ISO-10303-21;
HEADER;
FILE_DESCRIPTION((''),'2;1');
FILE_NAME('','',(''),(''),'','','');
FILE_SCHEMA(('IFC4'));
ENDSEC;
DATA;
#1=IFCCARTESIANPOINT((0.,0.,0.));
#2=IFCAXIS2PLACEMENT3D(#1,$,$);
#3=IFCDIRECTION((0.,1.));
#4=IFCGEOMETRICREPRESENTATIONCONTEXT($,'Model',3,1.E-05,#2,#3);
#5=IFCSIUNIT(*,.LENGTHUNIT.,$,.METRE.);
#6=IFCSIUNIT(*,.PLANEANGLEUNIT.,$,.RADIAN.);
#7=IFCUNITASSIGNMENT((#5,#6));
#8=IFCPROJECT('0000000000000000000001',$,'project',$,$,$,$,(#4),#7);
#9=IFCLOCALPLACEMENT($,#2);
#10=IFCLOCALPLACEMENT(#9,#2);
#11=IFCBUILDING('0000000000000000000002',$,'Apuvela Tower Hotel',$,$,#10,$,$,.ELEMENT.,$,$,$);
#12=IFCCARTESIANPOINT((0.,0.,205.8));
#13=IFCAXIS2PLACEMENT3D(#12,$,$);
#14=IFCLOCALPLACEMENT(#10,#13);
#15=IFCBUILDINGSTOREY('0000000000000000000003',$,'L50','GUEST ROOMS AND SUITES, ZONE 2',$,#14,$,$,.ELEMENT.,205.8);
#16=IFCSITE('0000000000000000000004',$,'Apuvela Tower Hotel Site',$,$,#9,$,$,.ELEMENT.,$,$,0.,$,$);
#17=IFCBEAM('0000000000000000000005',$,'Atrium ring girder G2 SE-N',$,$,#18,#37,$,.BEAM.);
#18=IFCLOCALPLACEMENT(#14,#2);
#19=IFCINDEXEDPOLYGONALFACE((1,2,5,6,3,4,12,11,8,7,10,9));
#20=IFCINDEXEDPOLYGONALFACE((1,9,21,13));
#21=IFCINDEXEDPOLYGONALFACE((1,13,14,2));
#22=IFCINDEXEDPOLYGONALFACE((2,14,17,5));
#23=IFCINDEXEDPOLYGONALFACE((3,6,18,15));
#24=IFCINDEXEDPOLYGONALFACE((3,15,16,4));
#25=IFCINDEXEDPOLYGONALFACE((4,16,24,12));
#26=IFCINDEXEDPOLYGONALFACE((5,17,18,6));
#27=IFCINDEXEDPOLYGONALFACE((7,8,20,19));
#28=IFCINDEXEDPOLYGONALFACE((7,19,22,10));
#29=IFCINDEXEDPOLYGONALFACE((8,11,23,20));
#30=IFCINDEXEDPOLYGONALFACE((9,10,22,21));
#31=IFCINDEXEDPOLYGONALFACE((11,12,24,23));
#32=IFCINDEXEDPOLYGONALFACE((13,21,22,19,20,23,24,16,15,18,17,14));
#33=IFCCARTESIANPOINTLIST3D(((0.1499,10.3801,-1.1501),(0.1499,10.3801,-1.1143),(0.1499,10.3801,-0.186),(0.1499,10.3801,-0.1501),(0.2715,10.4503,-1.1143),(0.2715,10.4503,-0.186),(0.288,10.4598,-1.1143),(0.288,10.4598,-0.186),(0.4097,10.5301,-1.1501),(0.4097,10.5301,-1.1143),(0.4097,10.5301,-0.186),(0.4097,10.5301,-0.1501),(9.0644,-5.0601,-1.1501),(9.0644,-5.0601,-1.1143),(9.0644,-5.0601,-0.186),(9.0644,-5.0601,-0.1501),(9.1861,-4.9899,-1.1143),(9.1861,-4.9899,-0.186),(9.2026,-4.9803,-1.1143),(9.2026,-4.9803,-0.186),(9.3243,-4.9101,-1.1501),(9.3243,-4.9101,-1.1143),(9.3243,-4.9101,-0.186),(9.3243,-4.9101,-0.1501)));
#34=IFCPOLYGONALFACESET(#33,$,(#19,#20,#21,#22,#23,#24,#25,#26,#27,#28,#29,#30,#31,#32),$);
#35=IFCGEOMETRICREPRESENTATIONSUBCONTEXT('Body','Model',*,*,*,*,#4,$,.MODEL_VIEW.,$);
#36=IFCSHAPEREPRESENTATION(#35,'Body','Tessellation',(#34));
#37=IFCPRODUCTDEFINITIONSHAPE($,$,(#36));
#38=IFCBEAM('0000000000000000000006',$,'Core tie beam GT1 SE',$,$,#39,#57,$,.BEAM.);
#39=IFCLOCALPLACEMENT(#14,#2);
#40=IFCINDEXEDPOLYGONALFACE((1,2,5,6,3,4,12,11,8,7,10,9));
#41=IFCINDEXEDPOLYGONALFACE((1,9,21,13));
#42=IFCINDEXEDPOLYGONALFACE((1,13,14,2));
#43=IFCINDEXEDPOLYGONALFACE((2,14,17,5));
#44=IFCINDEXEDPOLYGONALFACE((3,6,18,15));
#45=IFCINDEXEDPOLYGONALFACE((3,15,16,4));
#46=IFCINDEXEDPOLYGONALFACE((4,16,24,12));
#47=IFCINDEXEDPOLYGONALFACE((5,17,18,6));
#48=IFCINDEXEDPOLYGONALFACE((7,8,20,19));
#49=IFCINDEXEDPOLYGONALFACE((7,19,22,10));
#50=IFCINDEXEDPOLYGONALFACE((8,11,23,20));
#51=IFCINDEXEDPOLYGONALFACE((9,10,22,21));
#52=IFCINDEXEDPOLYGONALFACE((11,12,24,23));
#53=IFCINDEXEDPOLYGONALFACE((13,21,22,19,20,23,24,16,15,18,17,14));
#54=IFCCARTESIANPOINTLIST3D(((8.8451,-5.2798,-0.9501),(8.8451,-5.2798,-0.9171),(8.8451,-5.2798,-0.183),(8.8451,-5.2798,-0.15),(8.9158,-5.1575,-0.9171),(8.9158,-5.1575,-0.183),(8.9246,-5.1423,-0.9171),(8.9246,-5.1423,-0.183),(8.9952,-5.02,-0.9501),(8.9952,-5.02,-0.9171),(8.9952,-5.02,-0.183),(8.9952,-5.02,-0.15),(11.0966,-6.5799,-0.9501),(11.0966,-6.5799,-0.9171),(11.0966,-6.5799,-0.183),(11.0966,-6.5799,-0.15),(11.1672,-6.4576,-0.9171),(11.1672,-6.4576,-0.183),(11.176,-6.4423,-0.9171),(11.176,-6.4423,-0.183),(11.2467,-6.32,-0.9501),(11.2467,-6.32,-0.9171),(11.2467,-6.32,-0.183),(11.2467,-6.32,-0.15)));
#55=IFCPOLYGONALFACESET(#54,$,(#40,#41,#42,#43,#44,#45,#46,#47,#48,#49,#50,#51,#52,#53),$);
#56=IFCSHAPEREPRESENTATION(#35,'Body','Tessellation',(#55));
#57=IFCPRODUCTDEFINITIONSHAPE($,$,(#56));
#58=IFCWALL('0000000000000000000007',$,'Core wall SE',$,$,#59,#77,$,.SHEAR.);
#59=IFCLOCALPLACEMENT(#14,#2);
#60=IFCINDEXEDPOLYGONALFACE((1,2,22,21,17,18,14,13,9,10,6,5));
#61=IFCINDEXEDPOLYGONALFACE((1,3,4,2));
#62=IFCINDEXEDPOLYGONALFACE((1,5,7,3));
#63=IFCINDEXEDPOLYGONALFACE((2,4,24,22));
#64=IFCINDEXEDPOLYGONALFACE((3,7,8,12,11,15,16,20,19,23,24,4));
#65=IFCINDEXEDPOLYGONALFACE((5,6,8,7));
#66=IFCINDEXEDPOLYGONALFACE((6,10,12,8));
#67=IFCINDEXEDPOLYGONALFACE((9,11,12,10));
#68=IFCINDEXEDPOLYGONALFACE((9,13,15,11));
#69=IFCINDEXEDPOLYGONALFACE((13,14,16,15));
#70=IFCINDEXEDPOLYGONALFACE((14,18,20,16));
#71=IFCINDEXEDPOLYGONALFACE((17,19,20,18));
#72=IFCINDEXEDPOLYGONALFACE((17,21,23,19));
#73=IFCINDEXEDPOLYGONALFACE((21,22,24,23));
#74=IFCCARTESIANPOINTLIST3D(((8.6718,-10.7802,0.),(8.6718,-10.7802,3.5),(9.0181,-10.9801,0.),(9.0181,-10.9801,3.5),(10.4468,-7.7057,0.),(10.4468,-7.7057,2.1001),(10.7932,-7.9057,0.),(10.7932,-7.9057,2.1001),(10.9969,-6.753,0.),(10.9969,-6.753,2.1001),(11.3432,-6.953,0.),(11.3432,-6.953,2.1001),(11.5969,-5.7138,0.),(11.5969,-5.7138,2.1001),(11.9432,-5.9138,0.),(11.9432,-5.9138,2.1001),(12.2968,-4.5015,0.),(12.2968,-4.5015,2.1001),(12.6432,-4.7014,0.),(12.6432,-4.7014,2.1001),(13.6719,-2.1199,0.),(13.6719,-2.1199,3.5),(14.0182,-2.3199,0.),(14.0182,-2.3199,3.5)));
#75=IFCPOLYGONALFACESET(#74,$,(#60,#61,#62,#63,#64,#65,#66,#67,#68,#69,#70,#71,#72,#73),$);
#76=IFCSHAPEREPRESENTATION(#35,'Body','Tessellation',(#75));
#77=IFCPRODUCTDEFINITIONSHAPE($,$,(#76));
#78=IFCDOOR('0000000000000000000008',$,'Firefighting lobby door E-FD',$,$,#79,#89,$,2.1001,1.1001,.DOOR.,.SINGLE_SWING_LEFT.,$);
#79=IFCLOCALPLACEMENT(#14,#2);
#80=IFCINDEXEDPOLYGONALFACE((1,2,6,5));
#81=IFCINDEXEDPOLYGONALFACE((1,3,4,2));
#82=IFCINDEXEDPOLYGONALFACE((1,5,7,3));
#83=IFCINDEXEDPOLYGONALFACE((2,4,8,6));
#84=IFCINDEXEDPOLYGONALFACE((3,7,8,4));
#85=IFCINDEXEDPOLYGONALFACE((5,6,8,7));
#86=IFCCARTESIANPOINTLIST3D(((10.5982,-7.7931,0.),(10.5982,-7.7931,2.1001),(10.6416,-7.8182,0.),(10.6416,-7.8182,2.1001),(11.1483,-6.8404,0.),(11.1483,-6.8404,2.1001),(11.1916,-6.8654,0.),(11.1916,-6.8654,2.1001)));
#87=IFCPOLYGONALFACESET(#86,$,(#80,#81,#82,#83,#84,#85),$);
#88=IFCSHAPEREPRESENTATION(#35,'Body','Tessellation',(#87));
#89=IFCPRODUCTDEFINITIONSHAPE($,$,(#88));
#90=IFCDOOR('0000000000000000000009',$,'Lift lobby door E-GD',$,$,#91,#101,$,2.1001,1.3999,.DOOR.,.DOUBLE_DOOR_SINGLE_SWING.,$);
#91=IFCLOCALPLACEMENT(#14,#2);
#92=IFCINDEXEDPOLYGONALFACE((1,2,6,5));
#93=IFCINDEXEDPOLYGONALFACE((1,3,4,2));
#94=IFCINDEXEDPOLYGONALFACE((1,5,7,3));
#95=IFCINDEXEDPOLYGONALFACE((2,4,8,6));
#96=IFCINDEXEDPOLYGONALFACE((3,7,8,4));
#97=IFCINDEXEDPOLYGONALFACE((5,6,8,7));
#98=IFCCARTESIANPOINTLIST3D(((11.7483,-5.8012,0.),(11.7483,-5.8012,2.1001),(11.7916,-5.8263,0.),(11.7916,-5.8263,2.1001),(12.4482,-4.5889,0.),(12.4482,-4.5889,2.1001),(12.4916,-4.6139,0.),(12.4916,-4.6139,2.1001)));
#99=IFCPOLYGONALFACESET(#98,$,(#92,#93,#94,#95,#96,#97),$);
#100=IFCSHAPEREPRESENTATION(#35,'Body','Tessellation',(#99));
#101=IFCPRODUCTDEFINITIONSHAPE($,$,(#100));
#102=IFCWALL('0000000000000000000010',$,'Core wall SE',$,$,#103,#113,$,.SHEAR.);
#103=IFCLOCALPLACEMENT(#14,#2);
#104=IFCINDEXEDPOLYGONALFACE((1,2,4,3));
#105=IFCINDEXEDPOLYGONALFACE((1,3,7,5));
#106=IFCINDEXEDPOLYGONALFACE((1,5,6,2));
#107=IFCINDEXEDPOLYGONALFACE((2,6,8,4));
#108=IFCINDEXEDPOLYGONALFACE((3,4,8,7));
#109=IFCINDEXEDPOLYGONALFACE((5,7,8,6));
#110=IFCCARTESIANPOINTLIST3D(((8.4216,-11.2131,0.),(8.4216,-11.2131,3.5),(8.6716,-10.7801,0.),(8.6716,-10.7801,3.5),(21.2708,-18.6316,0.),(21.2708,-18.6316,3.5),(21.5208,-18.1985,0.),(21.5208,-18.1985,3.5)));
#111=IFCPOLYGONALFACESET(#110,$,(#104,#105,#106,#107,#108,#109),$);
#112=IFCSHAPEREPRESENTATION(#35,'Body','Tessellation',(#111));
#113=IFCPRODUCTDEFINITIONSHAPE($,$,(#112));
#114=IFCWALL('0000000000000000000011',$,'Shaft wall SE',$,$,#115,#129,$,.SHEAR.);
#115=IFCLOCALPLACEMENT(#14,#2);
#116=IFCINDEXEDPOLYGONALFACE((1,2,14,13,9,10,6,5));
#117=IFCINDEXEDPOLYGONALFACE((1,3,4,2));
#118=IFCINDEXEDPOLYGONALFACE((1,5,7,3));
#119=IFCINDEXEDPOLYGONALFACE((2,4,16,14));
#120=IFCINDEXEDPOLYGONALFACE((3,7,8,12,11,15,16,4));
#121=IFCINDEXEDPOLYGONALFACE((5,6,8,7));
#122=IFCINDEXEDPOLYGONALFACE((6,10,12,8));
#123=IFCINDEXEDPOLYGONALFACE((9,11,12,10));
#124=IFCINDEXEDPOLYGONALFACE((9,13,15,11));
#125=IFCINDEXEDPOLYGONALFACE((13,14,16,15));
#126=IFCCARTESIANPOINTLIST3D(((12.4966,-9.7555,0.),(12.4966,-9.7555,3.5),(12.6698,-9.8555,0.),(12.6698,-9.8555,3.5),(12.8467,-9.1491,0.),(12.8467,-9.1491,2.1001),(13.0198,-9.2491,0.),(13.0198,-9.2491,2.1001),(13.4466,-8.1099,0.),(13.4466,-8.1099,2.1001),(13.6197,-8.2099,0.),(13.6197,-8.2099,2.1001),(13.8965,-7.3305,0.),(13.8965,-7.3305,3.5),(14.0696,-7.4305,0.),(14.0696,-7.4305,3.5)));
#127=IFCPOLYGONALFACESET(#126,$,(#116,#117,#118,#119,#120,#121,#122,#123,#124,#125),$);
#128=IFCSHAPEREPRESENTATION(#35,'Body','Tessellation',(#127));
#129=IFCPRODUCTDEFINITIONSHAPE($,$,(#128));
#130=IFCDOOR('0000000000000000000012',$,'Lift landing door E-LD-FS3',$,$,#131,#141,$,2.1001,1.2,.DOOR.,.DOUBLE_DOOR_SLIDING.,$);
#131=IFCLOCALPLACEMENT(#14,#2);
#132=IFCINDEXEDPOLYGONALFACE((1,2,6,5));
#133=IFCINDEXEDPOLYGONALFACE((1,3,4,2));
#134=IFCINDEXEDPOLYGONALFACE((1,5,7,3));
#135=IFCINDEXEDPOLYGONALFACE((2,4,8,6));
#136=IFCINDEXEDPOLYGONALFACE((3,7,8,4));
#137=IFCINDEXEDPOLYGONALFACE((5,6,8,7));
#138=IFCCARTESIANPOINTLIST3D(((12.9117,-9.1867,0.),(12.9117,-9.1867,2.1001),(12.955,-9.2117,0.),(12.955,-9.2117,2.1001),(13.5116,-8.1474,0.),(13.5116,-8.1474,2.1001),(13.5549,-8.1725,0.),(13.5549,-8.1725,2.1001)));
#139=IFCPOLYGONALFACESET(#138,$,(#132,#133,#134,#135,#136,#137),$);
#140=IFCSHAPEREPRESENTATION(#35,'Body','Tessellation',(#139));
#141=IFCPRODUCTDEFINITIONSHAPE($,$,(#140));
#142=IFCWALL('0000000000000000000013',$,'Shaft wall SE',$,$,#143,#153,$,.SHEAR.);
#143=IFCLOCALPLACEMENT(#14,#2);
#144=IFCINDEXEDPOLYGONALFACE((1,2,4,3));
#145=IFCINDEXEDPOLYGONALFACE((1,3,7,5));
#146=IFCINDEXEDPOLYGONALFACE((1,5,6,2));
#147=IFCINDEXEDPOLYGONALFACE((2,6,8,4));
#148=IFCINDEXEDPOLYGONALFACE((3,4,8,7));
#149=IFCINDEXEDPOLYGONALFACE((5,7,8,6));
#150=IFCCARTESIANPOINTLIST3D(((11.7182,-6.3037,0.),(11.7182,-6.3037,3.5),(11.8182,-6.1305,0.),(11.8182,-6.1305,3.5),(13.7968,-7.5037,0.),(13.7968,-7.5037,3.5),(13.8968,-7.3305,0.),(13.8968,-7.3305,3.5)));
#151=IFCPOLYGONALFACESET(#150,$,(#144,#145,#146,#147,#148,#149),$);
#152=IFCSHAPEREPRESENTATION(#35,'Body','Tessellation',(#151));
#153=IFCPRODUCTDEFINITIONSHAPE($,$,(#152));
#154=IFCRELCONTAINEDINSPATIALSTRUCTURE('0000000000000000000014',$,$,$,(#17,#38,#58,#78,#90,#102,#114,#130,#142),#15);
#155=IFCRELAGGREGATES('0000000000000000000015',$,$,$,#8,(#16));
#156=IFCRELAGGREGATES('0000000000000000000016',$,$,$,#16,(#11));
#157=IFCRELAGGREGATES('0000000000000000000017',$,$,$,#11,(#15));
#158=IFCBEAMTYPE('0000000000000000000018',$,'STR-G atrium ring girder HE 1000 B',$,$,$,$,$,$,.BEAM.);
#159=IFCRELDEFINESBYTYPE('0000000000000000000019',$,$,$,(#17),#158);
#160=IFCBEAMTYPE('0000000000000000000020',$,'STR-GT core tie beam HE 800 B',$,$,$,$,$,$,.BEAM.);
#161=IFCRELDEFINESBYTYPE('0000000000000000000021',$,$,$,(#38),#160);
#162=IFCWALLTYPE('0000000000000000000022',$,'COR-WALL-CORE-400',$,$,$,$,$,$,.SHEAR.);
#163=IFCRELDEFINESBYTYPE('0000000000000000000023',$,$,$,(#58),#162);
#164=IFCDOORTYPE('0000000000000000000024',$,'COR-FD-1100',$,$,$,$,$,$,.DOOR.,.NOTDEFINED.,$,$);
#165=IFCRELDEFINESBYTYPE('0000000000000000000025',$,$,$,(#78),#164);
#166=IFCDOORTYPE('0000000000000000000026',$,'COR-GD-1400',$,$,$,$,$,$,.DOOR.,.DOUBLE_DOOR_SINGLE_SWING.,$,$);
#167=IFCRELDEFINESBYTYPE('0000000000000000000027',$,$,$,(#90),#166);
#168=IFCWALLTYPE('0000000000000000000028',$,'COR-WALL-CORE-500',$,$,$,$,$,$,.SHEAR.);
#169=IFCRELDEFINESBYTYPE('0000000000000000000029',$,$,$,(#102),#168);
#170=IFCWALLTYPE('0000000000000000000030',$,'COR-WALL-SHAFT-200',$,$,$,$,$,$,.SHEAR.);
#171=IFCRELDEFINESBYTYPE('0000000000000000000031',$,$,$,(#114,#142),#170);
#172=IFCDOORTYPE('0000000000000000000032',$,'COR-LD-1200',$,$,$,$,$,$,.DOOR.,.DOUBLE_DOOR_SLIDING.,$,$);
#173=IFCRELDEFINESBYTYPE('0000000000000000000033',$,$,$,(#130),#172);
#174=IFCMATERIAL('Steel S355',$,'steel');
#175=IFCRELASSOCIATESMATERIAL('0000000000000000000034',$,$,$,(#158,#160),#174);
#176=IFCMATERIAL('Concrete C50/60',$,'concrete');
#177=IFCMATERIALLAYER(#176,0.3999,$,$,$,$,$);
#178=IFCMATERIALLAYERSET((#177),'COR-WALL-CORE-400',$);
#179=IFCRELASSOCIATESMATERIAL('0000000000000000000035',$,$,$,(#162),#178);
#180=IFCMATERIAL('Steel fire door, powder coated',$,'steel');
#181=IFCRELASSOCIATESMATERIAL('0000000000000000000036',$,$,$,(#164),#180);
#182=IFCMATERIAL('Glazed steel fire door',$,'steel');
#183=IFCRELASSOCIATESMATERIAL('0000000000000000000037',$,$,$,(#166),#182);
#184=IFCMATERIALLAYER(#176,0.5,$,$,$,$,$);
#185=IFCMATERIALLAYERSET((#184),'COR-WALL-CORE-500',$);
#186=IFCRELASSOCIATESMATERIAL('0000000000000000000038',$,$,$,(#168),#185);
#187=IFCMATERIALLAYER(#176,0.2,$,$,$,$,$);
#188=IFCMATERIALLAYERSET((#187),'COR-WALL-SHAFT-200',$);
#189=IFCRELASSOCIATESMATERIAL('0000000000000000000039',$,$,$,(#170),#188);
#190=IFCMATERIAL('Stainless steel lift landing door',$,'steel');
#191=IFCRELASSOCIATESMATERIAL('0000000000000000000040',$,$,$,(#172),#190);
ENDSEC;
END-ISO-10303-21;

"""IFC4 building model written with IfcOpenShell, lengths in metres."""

from ifc_helpers import new_model, si_unit, direction, frame, frame_2d, origin, origin_2d, place, context, subcontext, project, spatial, rectangle, i_section, extrude, material, layer, layer_set, material_profile, profile_set, type_object, element, fill, save


model = new_model("IFC4")

# Units and contexts
model_context = context("Model", 3, precision=1e-05, world=origin(), true_north=direction((0.0, 1.0)))
body_context = subcontext(model_context, "Body", "Model", "MODEL_VIEW")
ifc_project = project(units=[si_unit("LENGTHUNIT", "METRE"), si_unit("PLANEANGLEUNIT", "RADIAN")], contexts=[model_context])

# Site, building, storey
site_placement = place(None, origin())
site = spatial("IfcSite", under=ifc_project, at=site_placement, Name="Apuvela Tower Hotel Site", CompositionType="ELEMENT", RefElevation=0.0)
building_placement = place(site_placement, origin())
building = spatial("IfcBuilding", under=site, at=building_placement, Name="Apuvela Tower Hotel", CompositionType="ELEMENT")
storey_placement = place(building_placement, frame((0.0, 0.0, 205.8)))
storey = spatial("IfcBuildingStorey", under=building, at=storey_placement, Name="L50", Description="GUEST ROOMS AND SUITES, ZONE 2", CompositionType="ELEMENT", Elevation=205.8)

# Beams
ifc_material_1 = material(Name="Steel S355", Category="steel")
ifc_material_profile_1 = material_profile(ifc_material_1, i_section(OverallWidth=0.3, OverallDepth=1.0, WebThickness=0.019, FlangeThickness=0.0359, at=origin_2d()), Name="HE 1000 B")
ifc_profile_set_1 = profile_set([ifc_material_profile_1], Name="Steel S355")
beam_type_1 = type_object("IfcBeamType", Name="STR-G atrium ring girder HE 1000 B", PredefinedType="BEAM", material=ifc_profile_set_1)
beam_1_placement = place(storey_placement, frame((9.1943, -4.9851, -0.6501), z_axis=(-0.500007, 0.866022, 0.0), x_axis=(-0.866022, -0.500007, 0.0)))
element("IfcBeam", 1, at=beam_1_placement, inside=storey, type_object=beam_type_1, Name="Atrium ring girder G2 SE-N", PredefinedType="BEAM", context=body_context, shape_type="SweptSolid", body=[
    extrude(i_section(OverallWidth=0.3, OverallDepth=1.0, WebThickness=0.019, FlangeThickness=0.0359, at=origin_2d()), origin(), (0.0, 0.0, 1.0), 17.8289),
])
ifc_material_profile_2 = material_profile(ifc_material_1, i_section(OverallWidth=0.3, OverallDepth=0.8, WebThickness=0.0176, FlangeThickness=0.033, at=origin_2d()), Name="HE 800 B")
ifc_profile_set_2 = profile_set([ifc_material_profile_2], Name="Steel S355")
beam_type_2 = type_object("IfcBeamType", Name="STR-GT core tie beam HE 800 B", PredefinedType="BEAM", material=ifc_profile_set_2)
beam_2_placement = place(storey_placement, frame((11.1716, -6.45, -0.55), z_axis=(-0.865998, 0.500048, 0.0), x_axis=(-0.500048, -0.865998, 0.0)))
element("IfcBeam", 2, at=beam_2_placement, inside=storey, type_object=beam_type_2, Name="Core tie beam GT1 SE", PredefinedType="BEAM", context=body_context, shape_type="SweptSolid", body=[
    extrude(i_section(OverallWidth=0.3, OverallDepth=0.8, WebThickness=0.0176, FlangeThickness=0.033, at=origin_2d()), origin(), (0.0, 0.0, 1.0), 2.5999),
])

# Wall, openings, doors
ifc_material_2 = material(Name="Concrete C50/60", Category="concrete")
ifc_layer_1 = layer(ifc_material_2, 0.3999)
ifc_layer_set_1 = layer_set([ifc_layer_1], Name="COR-WALL-CORE-400")
wall_type_1 = type_object("IfcWallType", Name="COR-WALL-CORE-400", PredefinedType="SHEAR", material=ifc_layer_set_1)
wall_1_placement = place(storey_placement, frame((8.845, -10.8801, 0.0), z_axis=(0.0, 0.0, 1.0), x_axis=(0.500004, 0.866023, 0.0)))
wall_1 = element("IfcWall", 3, at=wall_1_placement, inside=storey, type_object=wall_type_1, Name="Core wall SE", PredefinedType="SHEAR", context=body_context, shape_type="SweptSolid", body=[
    extrude(rectangle(XDim=10.0, YDim=0.3999, at=frame_2d((5.0, 0.0))), origin(), (0.0, 0.0, 1.0), 3.5),
])
opening_1_placement = place(wall_1_placement, frame((3.55, 0.0, 0.0)))
opening_1 = element("IfcOpeningElement", 4, at=opening_1_placement, cuts=wall_1, PredefinedType="OPENING", context=body_context, shape_type="SweptSolid", body=[
    extrude(rectangle(XDim=1.1001, YDim=2.1001, at=frame_2d((0.55, 1.05))), frame((0.0, 0.21, 0.0), z_axis=(0.0, -1.0, 0.0), x_axis=(1.0, 0.0, 0.0)), (0.0, 0.0, 1.0), 0.4199),
])
opening_2_placement = place(wall_1_placement, frame((5.8501, 0.0, 0.0)))
opening_2 = element("IfcOpeningElement", 5, at=opening_2_placement, cuts=wall_1, PredefinedType="OPENING", context=body_context, shape_type="SweptSolid", body=[
    extrude(rectangle(XDim=1.3999, YDim=2.1001, at=frame_2d((0.7, 1.05))), frame((0.0, 0.21, 0.0), z_axis=(0.0, -1.0, 0.0), x_axis=(1.0, 0.0, 0.0)), (0.0, 0.0, 1.0), 0.4199),
])
ifc_material_3 = material(Name="Steel fire door, powder coated", Category="steel")
door_type_1 = type_object("IfcDoorType", Name="COR-FD-1100", OperationType="NOTDEFINED", PredefinedType="DOOR", material=ifc_material_3)
door_1_placement = place(opening_1_placement, frame((1.1001, 0.0, 0.0), z_axis=(0.0, 0.0, 1.0), x_axis=(-1.0, 0.0, 0.0)))
door_1 = element("IfcDoor", 6, at=door_1_placement, inside=storey, type_object=door_type_1, Name="Firefighting lobby door E-FD", OperationType="SINGLE_SWING_LEFT", OverallHeight=2.1001, OverallWidth=1.1001, PredefinedType="DOOR", context=body_context, shape_type="SweptSolid", body=[
    extrude(rectangle(XDim=1.1001, YDim=2.1001, at=frame_2d((0.55, 1.05))), frame((0.0, 0.0249, 0.0), z_axis=(0.0, -1.0, 0.0), x_axis=(1.0, 0.0, 0.0)), (0.0, 0.0, 1.0), 0.05),
])
fill(opening_1, door_1)
ifc_material_4 = material(Name="Glazed steel fire door", Category="steel")
door_type_2 = type_object("IfcDoorType", Name="COR-GD-1400", OperationType="DOUBLE_DOOR_SINGLE_SWING", PredefinedType="DOOR", material=ifc_material_4)
door_2_placement = place(opening_2_placement, frame((1.3999, 0.0, 0.0), z_axis=(0.0, 0.0, 1.0), x_axis=(-1.0, 0.0, 0.0)))
door_2 = element("IfcDoor", 7, at=door_2_placement, inside=storey, type_object=door_type_2, Name="Lift lobby door E-GD", OperationType="DOUBLE_DOOR_SINGLE_SWING", OverallHeight=2.1001, OverallWidth=1.3999, PredefinedType="DOOR", context=body_context, shape_type="SweptSolid", body=[
    extrude(rectangle(XDim=1.3999, YDim=2.1001, at=frame_2d((0.7, 1.05))), frame((0.0, 0.0249, 0.0), z_axis=(0.0, -1.0, 0.0), x_axis=(1.0, 0.0, 0.0)), (0.0, 0.0, 1.0), 0.05),
])
fill(opening_2, door_2)

# Wall
ifc_layer_2 = layer(ifc_material_2, 0.5)
ifc_layer_set_2 = layer_set([ifc_layer_2], Name="COR-WALL-CORE-500")
wall_type_2 = type_object("IfcWallType", Name="COR-WALL-CORE-500", PredefinedType="SHEAR", material=ifc_layer_set_2)
wall_2_placement = place(storey_placement, frame((8.5466, -10.9966, 0.0), z_axis=(0.0, 0.0, 1.0), x_axis=(0.866025, -0.500001, 0.0)))
element("IfcWall", 8, at=wall_2_placement, inside=storey, type_object=wall_type_2, Name="Core wall SE", PredefinedType="SHEAR", context=body_context, shape_type="SweptSolid", body=[
    extrude(rectangle(XDim=14.8369, YDim=0.5, at=frame_2d((7.4185, 0.0))), origin(), (0.0, 0.0, 1.0), 3.5),
])

# Wall, opening, door
ifc_layer_3 = layer(ifc_material_2, 0.2)
ifc_layer_set_3 = layer_set([ifc_layer_3], Name="COR-WALL-SHAFT-200")
wall_type_3 = type_object("IfcWallType", Name="COR-WALL-SHAFT-200", PredefinedType="SHEAR", material=ifc_layer_set_3)
wall_3_placement = place(storey_placement, frame((12.5833, -9.8054, 0.0), z_axis=(0.0, 0.0, 1.0), x_axis=(0.499946, 0.866056, 0.0)))
wall_3 = element("IfcWall", 9, at=wall_3_placement, inside=storey, type_object=wall_type_3, Name="Shaft wall SE", PredefinedType="SHEAR", context=body_context, shape_type="SweptSolid", body=[
    extrude(rectangle(XDim=2.8, YDim=0.2, at=frame_2d((1.3999, 0.0))), origin(), (0.0, 0.0, 1.0), 3.5),
])
opening_3_placement = place(wall_3_placement, frame((0.7, 0.0, 0.0)))
opening_3 = element("IfcOpeningElement", 10, at=opening_3_placement, cuts=wall_3, PredefinedType="OPENING", context=body_context, shape_type="SweptSolid", body=[
    extrude(rectangle(XDim=1.2, YDim=2.1001, at=frame_2d((0.6001, 1.05))), frame((0.0, 0.1099, 0.0), z_axis=(0.0, -1.0, 0.0), x_axis=(1.0, 0.0, 0.0)), (0.0, 0.0, 1.0), 0.22),
])
ifc_material_5 = material(Name="Stainless steel lift landing door", Category="steel")
door_type_3 = type_object("IfcDoorType", Name="COR-LD-1200", OperationType="DOUBLE_DOOR_SLIDING", PredefinedType="DOOR", material=ifc_material_5)
door_3_placement = place(opening_3_placement, origin())
door_3 = element("IfcDoor", 11, at=door_3_placement, inside=storey, type_object=door_type_3, Name="Lift landing door E-LD-FS3", OperationType="DOUBLE_DOOR_SLIDING", OverallHeight=2.1001, OverallWidth=1.2, PredefinedType="DOOR", context=body_context, shape_type="SweptSolid", body=[
    extrude(rectangle(XDim=1.2, YDim=2.1001, at=frame_2d((0.6001, 1.05))), frame((0.0, 0.0249, 0.0), z_axis=(0.0, -1.0, 0.0), x_axis=(1.0, 0.0, 0.0)), (0.0, 0.0, 1.0), 0.05),
])
fill(opening_3, door_3)

# Wall
wall_4_placement = place(storey_placement, frame((11.7681, -6.217, 0.0), z_axis=(0.0, 0.0, 1.0), x_axis=(0.86605, -0.499957, 0.0)))
element("IfcWall", 12, at=wall_4_placement, inside=storey, type_object=wall_type_3, Name="Shaft wall SE", PredefinedType="SHEAR", context=body_context, shape_type="SweptSolid", body=[
    extrude(rectangle(XDim=2.4001, YDim=0.2, at=frame_2d((1.2002, 0.0))), origin(), (0.0, 0.0, 1.0), 3.5),
])

save(model, "model.ifc")
